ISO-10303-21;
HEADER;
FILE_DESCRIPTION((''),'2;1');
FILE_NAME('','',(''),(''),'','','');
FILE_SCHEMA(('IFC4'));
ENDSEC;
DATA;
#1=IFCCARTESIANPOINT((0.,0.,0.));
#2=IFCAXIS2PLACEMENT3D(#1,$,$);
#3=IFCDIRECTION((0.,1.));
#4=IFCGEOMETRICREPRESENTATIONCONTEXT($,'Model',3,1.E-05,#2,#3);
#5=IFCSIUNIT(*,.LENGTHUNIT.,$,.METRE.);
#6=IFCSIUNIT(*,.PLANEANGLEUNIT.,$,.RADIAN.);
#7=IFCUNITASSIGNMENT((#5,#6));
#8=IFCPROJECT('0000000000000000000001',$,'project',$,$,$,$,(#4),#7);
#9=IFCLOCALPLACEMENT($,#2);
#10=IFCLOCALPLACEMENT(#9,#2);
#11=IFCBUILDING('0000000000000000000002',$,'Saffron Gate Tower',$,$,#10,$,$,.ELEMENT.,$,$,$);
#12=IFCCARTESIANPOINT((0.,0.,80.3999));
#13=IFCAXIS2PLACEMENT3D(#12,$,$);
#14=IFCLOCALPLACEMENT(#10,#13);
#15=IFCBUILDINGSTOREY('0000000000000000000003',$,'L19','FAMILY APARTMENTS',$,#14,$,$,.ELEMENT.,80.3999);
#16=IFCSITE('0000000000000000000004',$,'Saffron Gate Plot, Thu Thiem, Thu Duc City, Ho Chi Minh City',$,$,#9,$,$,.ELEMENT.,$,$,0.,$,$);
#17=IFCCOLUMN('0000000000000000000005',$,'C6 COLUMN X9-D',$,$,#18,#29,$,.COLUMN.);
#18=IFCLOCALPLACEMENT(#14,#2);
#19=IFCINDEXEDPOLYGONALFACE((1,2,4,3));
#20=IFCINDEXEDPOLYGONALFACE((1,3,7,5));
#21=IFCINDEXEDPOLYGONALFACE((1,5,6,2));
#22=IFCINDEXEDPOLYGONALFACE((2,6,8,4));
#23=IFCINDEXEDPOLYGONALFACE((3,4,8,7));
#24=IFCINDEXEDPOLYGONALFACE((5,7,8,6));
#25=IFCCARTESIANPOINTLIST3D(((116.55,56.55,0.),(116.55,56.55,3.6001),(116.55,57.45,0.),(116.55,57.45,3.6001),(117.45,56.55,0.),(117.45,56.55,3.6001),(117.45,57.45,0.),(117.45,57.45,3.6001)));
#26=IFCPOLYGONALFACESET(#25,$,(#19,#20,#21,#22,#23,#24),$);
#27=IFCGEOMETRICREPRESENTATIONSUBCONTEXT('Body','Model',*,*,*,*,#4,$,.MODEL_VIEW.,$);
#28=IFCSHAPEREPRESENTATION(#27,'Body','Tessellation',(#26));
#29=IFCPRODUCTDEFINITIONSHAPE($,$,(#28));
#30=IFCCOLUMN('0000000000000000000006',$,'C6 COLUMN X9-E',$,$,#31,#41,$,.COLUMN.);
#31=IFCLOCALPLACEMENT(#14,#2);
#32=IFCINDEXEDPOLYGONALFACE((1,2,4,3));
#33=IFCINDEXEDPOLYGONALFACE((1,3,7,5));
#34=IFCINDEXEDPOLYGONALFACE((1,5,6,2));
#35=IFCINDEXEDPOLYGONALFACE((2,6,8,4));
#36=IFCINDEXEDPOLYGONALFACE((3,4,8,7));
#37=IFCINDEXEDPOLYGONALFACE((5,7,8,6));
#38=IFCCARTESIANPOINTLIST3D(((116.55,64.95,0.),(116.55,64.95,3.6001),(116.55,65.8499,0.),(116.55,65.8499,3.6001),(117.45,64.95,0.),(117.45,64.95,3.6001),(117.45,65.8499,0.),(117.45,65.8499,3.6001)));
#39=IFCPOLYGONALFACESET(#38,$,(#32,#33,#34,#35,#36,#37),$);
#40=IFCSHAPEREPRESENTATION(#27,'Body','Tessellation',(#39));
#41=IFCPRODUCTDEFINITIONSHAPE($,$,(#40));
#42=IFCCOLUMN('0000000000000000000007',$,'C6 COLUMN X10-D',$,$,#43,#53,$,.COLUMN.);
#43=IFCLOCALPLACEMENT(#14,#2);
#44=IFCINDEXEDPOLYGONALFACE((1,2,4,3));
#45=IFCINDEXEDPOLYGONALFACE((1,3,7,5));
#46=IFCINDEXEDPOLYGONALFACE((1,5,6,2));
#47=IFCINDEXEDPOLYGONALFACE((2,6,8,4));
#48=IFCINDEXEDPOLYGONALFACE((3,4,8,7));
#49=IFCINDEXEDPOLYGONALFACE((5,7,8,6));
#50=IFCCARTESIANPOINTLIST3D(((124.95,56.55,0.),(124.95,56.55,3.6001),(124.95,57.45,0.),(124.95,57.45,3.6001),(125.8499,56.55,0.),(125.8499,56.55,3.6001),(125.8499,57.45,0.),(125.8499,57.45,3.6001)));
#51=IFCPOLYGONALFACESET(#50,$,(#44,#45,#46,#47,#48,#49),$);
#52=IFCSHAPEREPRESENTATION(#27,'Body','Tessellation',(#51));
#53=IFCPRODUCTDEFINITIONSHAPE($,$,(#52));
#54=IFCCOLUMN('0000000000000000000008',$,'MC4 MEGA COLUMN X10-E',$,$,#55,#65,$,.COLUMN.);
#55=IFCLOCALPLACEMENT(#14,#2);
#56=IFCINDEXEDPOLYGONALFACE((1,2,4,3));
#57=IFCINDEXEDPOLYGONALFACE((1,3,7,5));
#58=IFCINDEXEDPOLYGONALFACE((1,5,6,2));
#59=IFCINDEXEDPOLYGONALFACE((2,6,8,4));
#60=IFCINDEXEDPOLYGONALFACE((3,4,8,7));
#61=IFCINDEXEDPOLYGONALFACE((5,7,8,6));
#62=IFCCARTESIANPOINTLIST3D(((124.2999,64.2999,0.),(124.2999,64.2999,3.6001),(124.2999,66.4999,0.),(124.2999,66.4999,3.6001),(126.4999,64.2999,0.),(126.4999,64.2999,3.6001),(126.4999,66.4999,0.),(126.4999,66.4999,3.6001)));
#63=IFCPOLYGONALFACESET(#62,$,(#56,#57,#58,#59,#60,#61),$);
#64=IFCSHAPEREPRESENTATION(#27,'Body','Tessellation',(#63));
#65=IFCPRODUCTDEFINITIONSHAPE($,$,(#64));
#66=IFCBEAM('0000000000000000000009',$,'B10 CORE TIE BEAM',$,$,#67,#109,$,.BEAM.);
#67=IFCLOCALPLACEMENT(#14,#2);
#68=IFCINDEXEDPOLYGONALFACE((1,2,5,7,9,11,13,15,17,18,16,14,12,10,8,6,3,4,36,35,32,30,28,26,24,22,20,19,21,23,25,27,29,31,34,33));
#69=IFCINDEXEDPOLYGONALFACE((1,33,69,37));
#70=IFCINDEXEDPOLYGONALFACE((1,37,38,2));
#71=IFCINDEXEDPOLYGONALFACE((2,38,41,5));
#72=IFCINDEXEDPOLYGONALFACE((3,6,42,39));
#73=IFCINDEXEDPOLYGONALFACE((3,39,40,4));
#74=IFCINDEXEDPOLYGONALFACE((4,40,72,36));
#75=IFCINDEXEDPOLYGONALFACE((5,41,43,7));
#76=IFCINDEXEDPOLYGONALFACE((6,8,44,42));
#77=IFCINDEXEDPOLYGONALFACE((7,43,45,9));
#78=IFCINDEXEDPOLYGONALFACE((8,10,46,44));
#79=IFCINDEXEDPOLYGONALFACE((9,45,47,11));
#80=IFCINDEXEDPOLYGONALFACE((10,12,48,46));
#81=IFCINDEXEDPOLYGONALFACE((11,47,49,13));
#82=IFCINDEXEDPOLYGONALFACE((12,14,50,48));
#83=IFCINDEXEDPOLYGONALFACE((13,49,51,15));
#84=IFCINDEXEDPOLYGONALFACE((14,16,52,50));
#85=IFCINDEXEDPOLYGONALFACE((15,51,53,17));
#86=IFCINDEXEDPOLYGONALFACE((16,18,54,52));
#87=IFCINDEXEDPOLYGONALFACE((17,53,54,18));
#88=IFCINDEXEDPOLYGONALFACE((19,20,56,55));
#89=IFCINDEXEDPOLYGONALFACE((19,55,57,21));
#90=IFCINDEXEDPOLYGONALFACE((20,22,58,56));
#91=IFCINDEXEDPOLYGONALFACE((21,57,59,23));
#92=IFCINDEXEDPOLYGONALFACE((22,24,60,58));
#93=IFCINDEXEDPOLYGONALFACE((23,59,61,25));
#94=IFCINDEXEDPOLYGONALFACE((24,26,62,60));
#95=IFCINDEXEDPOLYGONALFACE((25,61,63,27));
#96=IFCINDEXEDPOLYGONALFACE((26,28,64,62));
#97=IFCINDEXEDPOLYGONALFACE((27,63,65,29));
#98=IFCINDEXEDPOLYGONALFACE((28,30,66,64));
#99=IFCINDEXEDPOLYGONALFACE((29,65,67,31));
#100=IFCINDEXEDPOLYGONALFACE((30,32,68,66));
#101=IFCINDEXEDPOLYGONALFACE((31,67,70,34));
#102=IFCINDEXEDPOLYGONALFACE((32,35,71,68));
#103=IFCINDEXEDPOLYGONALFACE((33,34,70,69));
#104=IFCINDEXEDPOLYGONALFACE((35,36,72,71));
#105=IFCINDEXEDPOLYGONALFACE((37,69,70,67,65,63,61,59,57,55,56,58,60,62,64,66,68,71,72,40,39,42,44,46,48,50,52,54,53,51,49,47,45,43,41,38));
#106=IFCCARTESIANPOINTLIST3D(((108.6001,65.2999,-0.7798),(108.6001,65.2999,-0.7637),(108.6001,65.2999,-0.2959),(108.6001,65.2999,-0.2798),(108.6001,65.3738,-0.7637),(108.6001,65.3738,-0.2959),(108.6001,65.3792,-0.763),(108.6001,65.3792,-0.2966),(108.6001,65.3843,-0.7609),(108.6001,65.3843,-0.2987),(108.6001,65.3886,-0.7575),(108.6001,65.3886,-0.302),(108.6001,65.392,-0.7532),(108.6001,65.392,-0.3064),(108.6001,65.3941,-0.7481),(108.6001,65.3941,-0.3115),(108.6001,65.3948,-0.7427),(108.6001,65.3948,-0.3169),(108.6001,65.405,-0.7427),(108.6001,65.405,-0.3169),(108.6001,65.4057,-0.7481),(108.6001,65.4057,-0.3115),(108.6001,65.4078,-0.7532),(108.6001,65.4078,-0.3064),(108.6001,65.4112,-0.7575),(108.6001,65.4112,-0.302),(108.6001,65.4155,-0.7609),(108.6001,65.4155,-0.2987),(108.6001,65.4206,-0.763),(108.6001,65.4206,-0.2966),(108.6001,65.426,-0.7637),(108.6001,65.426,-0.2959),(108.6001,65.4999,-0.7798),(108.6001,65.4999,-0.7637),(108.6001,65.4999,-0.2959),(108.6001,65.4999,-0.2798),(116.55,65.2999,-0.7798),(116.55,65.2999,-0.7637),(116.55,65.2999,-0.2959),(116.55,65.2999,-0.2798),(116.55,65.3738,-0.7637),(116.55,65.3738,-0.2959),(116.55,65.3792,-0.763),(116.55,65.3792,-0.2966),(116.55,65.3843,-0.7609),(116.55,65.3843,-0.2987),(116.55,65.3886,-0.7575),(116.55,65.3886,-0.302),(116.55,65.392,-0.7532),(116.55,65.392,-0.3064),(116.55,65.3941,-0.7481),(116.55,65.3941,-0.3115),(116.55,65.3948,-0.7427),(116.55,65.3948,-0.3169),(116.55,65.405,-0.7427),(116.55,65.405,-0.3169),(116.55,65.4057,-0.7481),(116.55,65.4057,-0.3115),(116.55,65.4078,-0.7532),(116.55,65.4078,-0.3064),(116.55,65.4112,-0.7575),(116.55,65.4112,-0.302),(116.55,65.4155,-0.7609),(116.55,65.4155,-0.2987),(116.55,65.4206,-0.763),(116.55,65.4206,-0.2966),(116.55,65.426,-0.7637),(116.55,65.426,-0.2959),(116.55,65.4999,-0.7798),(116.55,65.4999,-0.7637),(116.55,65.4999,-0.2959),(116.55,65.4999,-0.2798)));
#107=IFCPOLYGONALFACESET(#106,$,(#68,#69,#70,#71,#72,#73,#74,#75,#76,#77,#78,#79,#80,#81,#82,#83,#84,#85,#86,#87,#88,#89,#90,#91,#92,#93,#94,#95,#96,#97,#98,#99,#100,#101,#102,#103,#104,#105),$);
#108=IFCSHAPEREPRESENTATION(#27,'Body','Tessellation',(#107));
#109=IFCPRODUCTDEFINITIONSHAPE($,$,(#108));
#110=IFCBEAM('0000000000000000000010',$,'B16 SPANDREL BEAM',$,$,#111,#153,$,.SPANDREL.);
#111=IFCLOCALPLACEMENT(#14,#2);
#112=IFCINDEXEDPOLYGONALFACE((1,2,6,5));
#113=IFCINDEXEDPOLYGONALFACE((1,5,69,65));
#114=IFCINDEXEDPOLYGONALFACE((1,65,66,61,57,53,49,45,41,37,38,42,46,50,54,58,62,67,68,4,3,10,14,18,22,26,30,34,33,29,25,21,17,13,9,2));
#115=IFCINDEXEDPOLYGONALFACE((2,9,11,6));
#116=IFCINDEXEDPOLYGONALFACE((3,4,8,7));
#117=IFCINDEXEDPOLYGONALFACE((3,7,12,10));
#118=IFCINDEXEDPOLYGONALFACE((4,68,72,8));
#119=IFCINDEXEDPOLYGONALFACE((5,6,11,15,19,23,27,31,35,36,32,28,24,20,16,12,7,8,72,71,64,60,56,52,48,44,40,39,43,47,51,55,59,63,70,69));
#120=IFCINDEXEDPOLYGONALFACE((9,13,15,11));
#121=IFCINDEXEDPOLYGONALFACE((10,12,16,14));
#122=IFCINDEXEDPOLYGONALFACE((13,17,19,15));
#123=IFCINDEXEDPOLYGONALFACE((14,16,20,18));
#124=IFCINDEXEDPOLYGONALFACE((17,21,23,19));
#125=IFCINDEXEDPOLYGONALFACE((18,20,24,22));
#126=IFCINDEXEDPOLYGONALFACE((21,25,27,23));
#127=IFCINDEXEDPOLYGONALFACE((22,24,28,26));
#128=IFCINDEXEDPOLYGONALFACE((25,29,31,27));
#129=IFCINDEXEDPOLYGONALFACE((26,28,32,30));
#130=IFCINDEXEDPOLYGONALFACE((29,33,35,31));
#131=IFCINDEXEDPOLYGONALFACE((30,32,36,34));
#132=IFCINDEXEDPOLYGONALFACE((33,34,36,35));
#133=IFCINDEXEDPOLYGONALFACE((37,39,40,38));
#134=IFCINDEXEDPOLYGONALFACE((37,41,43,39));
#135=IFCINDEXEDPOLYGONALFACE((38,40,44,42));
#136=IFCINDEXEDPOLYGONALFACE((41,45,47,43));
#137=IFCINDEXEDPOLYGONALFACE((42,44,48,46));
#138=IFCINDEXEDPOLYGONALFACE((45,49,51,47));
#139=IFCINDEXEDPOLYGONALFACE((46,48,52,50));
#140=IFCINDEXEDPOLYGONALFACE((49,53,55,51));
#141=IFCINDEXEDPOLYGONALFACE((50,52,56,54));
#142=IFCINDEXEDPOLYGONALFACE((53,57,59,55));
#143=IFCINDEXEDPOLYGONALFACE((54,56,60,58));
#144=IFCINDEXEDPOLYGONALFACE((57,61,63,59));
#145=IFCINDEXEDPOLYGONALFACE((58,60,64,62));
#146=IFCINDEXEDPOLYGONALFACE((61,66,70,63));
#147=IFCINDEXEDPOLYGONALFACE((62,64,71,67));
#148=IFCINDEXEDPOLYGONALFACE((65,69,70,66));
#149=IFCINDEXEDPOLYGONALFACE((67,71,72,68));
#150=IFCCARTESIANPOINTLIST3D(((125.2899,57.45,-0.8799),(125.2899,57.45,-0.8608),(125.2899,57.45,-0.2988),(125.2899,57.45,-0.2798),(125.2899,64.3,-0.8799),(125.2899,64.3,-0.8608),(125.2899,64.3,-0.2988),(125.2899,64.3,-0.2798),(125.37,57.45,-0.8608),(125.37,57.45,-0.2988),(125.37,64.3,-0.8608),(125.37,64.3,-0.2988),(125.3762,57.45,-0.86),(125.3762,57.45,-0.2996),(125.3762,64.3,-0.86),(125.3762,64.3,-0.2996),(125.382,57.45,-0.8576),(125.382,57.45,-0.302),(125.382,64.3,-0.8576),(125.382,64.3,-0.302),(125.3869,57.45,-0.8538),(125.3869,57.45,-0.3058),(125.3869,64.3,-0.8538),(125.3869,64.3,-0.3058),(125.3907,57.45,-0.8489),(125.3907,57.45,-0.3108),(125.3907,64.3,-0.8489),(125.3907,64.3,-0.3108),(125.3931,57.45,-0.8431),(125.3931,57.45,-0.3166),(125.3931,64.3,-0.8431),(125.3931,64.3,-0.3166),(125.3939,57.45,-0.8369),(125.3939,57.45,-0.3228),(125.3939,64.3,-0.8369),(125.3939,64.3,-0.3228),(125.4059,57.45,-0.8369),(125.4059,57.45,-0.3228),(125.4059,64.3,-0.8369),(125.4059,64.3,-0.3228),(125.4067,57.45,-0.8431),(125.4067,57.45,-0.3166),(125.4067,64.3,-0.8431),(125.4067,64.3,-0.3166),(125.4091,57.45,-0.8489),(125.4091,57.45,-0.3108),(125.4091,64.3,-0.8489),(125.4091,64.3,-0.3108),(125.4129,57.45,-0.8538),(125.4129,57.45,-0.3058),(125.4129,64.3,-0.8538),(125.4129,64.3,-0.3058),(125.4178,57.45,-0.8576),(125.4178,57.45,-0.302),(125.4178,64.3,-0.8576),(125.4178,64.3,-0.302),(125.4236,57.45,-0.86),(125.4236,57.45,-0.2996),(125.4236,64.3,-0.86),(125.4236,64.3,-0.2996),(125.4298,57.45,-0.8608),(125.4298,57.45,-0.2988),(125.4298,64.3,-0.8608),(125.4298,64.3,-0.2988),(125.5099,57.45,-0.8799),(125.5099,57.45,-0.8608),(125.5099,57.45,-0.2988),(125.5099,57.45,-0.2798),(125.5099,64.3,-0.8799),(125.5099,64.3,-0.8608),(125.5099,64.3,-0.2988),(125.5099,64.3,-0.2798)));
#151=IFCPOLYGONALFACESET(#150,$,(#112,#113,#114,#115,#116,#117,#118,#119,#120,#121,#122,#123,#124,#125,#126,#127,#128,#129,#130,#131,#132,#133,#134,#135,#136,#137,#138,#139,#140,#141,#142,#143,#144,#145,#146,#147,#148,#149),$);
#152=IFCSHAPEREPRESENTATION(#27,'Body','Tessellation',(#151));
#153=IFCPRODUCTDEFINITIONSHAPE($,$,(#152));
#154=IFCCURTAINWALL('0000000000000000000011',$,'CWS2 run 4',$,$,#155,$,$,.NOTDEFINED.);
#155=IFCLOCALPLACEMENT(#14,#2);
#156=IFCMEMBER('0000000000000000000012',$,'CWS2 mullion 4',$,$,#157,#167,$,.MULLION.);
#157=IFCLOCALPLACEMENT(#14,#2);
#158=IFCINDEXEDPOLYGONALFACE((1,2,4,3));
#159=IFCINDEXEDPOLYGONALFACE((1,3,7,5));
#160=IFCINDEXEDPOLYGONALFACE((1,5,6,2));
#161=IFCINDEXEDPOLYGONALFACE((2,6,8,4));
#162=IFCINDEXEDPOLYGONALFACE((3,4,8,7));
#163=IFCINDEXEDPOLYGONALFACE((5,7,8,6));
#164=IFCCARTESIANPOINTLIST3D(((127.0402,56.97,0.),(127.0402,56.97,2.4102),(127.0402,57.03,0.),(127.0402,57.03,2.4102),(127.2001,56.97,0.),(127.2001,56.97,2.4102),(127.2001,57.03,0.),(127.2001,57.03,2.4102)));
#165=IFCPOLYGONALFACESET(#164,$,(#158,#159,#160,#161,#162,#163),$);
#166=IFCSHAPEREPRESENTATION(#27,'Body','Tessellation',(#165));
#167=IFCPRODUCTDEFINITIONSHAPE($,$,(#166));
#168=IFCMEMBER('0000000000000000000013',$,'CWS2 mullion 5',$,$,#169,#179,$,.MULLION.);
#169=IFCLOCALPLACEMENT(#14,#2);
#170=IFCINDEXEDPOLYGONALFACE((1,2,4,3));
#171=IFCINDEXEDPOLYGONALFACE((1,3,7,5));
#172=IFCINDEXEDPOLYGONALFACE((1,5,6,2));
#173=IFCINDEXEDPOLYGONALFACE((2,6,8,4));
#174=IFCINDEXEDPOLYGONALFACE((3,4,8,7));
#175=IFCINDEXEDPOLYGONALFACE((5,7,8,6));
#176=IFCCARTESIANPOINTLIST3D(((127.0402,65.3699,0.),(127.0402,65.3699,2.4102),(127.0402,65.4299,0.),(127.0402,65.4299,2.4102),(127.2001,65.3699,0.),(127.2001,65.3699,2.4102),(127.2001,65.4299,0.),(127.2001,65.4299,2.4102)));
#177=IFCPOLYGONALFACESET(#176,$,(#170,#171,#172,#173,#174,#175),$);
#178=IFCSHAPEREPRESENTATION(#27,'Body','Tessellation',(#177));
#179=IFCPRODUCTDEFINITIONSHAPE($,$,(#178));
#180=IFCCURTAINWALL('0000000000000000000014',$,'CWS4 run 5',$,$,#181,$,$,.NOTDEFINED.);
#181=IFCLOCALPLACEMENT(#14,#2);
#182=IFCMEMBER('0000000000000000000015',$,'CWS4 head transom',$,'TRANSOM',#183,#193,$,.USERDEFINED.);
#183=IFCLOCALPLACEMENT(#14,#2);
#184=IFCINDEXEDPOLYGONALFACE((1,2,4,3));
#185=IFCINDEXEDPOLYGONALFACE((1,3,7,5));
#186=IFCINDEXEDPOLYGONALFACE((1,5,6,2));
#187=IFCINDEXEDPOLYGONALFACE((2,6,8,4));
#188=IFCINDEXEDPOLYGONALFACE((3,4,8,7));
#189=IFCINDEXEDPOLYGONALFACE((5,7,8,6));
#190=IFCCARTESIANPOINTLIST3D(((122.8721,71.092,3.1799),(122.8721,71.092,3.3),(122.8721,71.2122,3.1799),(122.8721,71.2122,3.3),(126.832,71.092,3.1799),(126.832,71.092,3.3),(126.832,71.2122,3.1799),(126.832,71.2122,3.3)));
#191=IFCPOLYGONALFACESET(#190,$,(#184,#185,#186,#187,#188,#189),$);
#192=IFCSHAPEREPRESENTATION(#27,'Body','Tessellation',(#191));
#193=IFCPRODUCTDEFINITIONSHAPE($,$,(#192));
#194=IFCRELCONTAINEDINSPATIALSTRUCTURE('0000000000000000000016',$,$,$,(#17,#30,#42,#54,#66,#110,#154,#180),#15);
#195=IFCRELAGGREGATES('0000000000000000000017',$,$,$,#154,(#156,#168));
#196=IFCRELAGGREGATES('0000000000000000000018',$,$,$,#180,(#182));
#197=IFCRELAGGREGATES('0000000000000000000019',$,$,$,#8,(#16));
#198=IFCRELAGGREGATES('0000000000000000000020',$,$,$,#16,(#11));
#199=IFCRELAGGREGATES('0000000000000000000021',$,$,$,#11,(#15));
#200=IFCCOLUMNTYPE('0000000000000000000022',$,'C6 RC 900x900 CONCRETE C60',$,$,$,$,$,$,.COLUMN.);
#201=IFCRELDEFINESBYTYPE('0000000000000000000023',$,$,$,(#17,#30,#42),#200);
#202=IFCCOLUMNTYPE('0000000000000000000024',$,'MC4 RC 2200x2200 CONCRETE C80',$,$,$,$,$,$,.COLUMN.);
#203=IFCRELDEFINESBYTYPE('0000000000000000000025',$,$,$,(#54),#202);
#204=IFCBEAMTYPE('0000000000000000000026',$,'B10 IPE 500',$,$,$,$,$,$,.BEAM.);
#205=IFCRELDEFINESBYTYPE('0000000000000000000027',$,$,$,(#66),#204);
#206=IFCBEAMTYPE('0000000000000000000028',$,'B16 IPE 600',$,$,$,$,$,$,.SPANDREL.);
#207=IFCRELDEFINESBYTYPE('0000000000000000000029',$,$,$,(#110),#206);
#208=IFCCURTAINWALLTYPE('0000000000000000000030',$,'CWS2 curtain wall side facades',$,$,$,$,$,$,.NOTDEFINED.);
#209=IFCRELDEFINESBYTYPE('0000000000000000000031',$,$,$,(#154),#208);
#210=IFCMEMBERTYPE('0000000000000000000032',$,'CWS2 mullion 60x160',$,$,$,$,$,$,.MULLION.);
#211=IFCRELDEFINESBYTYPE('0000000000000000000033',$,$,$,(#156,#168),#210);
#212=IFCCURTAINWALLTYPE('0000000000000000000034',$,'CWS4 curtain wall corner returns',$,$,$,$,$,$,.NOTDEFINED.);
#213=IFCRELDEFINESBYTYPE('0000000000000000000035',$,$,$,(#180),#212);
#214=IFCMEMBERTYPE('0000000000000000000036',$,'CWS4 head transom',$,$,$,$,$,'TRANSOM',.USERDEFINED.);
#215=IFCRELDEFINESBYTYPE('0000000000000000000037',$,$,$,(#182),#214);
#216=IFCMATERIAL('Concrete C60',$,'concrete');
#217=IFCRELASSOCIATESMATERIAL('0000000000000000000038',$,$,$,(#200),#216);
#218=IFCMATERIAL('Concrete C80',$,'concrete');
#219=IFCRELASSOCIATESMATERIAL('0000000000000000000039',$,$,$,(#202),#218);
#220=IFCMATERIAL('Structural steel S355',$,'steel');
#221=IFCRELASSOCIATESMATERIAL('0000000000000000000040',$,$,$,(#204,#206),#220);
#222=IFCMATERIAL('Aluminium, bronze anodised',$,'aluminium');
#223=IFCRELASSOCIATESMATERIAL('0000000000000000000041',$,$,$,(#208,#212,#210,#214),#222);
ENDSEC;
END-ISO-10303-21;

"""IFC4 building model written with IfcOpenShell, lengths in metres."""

from ifc_helpers import new_model, si_unit, direction, frame, origin, origin_2d, place, context, subcontext, project, spatial, rectangle, i_section, extrude, material, material_profile, profile_set, type_object, element, aggregate, save


model = new_model("IFC4")

# Units and contexts
model_context = context("Model", 3, precision=1e-05, world=origin(), true_north=direction((0.0, 1.0)))
body_context = subcontext(model_context, "Body", "Model", "MODEL_VIEW")
ifc_project = project(units=[si_unit("LENGTHUNIT", "METRE"), si_unit("PLANEANGLEUNIT", "RADIAN")], contexts=[model_context])

# Site, building, storey
site_placement = place(None, origin())
site = spatial("IfcSite", under=ifc_project, at=site_placement, Name="Saffron Gate Plot, Thu Thiem, Thu Duc City, Ho Chi Minh City", CompositionType="ELEMENT", RefElevation=0.0)
building_placement = place(site_placement, origin())
building = spatial("IfcBuilding", under=site, at=building_placement, Name="Saffron Gate Tower", CompositionType="ELEMENT")
storey_placement = place(building_placement, frame((0.0, 0.0, 80.3999)))
storey = spatial("IfcBuildingStorey", under=building, at=storey_placement, Name="L19", Description="FAMILY APARTMENTS", CompositionType="ELEMENT", Elevation=80.3999)

# Columns
ifc_material_1 = material(Name="Concrete C60", Category="concrete")
ifc_material_profile_1 = material_profile(ifc_material_1, rectangle(XDim=0.8999, YDim=0.8999, at=origin_2d()))
ifc_profile_set_1 = profile_set([ifc_material_profile_1], Name="Concrete C60")
column_type_1 = type_object("IfcColumnType", Name="C6 RC 900x900 CONCRETE C60", PredefinedType="COLUMN", material=ifc_profile_set_1)
for number, where, z_axis, x_axis, name in (
    (1, (117.0, 57.0, 0.0), (0.0, 0.0, 1.0), (1.0, 0.0, 0.0), "C6 COLUMN X9-D"),
    (2, (117.0, 65.3999, 0.0), (0.0, 0.0, 1.0), (1.0, 0.0, 0.0), "C6 COLUMN X9-E"),
    (3, (125.3999, 57.0, 0.0), (0.0, 0.0, 1.0), (1.0, 0.0, 0.0), "C6 COLUMN X10-D"),
):
    element("IfcColumn", number, at=place(storey_placement, frame(where, z_axis=z_axis, x_axis=x_axis)), inside=storey, type_object=column_type_1, Name=name, PredefinedType="COLUMN", context=body_context, shape_type="SweptSolid", body=[
        extrude(rectangle(XDim=0.8999, YDim=0.8999, at=origin_2d()), origin(), (0.0, 0.0, 1.0), 3.6001),
    ])
ifc_material_2 = material(Name="Concrete C80", Category="concrete")
ifc_material_profile_2 = material_profile(ifc_material_2, rectangle(XDim=2.2, YDim=2.2, at=origin_2d()))
ifc_profile_set_2 = profile_set([ifc_material_profile_2], Name="Concrete C80")
column_type_2 = type_object("IfcColumnType", Name="MC4 RC 2200x2200 CONCRETE C80", PredefinedType="COLUMN", material=ifc_profile_set_2)
column_placement = place(storey_placement, frame((125.3999, 65.3999, 0.0), z_axis=(0.0, 0.0, 1.0), x_axis=(1.0, 0.0, 0.0)))
element("IfcColumn", 4, at=column_placement, inside=storey, type_object=column_type_2, Name="MC4 MEGA COLUMN X10-E", PredefinedType="COLUMN", context=body_context, shape_type="SweptSolid", body=[
    extrude(rectangle(XDim=2.2, YDim=2.2, at=origin_2d()), origin(), (0.0, 0.0, 1.0), 3.6001),
])

# Beams
ifc_material_3 = material(Name="Structural steel S355", Category="steel")
ifc_material_profile_3 = material_profile(ifc_material_3, i_section(OverallWidth=0.2, OverallDepth=0.5, WebThickness=0.0103, FlangeThickness=0.0161, FilletRadius=0.021, at=origin_2d()))
ifc_profile_set_3 = profile_set([ifc_material_profile_3], Name="Structural steel S355")
beam_type_1 = type_object("IfcBeamType", Name="B10 IPE 500", PredefinedType="BEAM", material=ifc_profile_set_3)
beam_1_placement = place(storey_placement, frame((116.55, 65.3999, -0.5298), z_axis=(-1.0, 0.0, 0.0), x_axis=(0.0, -1.0, 0.0)))
element("IfcBeam", 5, at=beam_1_placement, inside=storey, type_object=beam_type_1, Name="B10 CORE TIE BEAM", PredefinedType="BEAM", context=body_context, shape_type="SweptSolid", body=[
    extrude(i_section(OverallWidth=0.2, OverallDepth=0.5, WebThickness=0.0103, FlangeThickness=0.0161, FilletRadius=0.021, at=origin_2d()), origin(), (0.0, 0.0, 1.0), 7.95),
])
ifc_material_profile_4 = material_profile(ifc_material_3, i_section(OverallWidth=0.22, OverallDepth=0.6001, WebThickness=0.012, FlangeThickness=0.019, FilletRadius=0.0239, at=origin_2d()))
ifc_profile_set_4 = profile_set([ifc_material_profile_4], Name="Structural steel S355")
beam_type_2 = type_object("IfcBeamType", Name="B16 IPE 600", PredefinedType="SPANDREL", material=ifc_profile_set_4)
beam_2_placement = place(storey_placement, frame((125.3999, 57.45, -0.5798), z_axis=(0.0, 1.0, 0.0), x_axis=(-1.0, 0.0, 0.0)))
element("IfcBeam", 6, at=beam_2_placement, inside=storey, type_object=beam_type_2, Name="B16 SPANDREL BEAM", PredefinedType="SPANDREL", context=body_context, shape_type="SweptSolid", body=[
    extrude(i_section(OverallWidth=0.22, OverallDepth=0.6001, WebThickness=0.012, FlangeThickness=0.019, FilletRadius=0.0239, at=origin_2d()), origin(), (0.0, 0.0, 1.0), 6.8501),
])

# Curtain wall, members
ifc_material_4 = material(Name="Aluminium, bronze anodised", Category="aluminium")
curtain_wall_type_1 = type_object("IfcCurtainWallType", Name="CWS2 curtain wall side facades", PredefinedType="NOTDEFINED", material=ifc_material_4)
curtain_wall_1_placement = place(storey_placement, origin())
curtain_wall_1 = element("IfcCurtainWall", 7, at=curtain_wall_1_placement, inside=storey, type_object=curtain_wall_type_1, Name="CWS2 run 4", PredefinedType="NOTDEFINED")
ifc_material_profile_5 = material_profile(ifc_material_4, rectangle(XDim=0.1599, YDim=0.0601, at=origin_2d()))
ifc_profile_set_5 = profile_set([ifc_material_profile_5], Name="Aluminium, bronze anodised")
member_type_1 = type_object("IfcMemberType", Name="CWS2 mullion 60x160", PredefinedType="MULLION", material=ifc_profile_set_5)
member_1_placement = place(storey_placement, frame((127.1201, 57.0, 0.0), z_axis=(0.0, 0.0, 1.0), x_axis=(-1.0, 0.0, 0.0)))
member_1 = element("IfcMember", 8, at=member_1_placement, type_object=member_type_1, Name="CWS2 mullion 4", PredefinedType="MULLION", context=body_context, shape_type="SweptSolid", body=[
    extrude(rectangle(XDim=0.1599, YDim=0.0601, at=origin_2d()), origin(), (0.0, 0.0, 1.0), 2.4102),
])
member_2_placement = place(storey_placement, frame((127.1201, 65.3999, 0.0), z_axis=(0.0, 0.0, 1.0), x_axis=(-1.0, 0.0, 0.0)))
member_2 = element("IfcMember", 9, at=member_2_placement, type_object=member_type_1, Name="CWS2 mullion 5", PredefinedType="MULLION", context=body_context, shape_type="SweptSolid", body=[
    extrude(rectangle(XDim=0.1599, YDim=0.0601, at=origin_2d()), origin(), (0.0, 0.0, 1.0), 2.4102),
])
aggregate(curtain_wall_1, [member_1, member_2])

# Curtain wall, member
curtain_wall_type_2 = type_object("IfcCurtainWallType", Name="CWS4 curtain wall corner returns", PredefinedType="NOTDEFINED", material=ifc_material_4)
curtain_wall_2_placement = place(storey_placement, origin())
curtain_wall_2 = element("IfcCurtainWall", 10, at=curtain_wall_2_placement, inside=storey, type_object=curtain_wall_type_2, Name="CWS4 run 5", PredefinedType="NOTDEFINED")
ifc_material_profile_6 = material_profile(ifc_material_4, rectangle(XDim=0.1201, YDim=0.1201, at=origin_2d()))
ifc_profile_set_6 = profile_set([ifc_material_profile_6], Name="Aluminium, bronze anodised")
member_type_2 = type_object("IfcMemberType", Name="CWS4 head transom", ElementType="TRANSOM", PredefinedType="USERDEFINED", material=ifc_profile_set_6)
member_3_placement = place(storey_placement, frame((126.832, 71.1521, 3.24), z_axis=(-1.0, 0.0, 0.0), x_axis=(0.0, -1.0, 0.0)))
member_3 = element("IfcMember", 11, at=member_3_placement, type_object=member_type_2, Name="CWS4 head transom", ObjectType="TRANSOM", PredefinedType="USERDEFINED", context=body_context, shape_type="SweptSolid", body=[
    extrude(rectangle(XDim=0.1201, YDim=0.1201, at=origin_2d()), origin(), (0.0, 0.0, 1.0), 3.96),
])
aggregate(curtain_wall_2, [member_3])

save(model, "model.ifc")
